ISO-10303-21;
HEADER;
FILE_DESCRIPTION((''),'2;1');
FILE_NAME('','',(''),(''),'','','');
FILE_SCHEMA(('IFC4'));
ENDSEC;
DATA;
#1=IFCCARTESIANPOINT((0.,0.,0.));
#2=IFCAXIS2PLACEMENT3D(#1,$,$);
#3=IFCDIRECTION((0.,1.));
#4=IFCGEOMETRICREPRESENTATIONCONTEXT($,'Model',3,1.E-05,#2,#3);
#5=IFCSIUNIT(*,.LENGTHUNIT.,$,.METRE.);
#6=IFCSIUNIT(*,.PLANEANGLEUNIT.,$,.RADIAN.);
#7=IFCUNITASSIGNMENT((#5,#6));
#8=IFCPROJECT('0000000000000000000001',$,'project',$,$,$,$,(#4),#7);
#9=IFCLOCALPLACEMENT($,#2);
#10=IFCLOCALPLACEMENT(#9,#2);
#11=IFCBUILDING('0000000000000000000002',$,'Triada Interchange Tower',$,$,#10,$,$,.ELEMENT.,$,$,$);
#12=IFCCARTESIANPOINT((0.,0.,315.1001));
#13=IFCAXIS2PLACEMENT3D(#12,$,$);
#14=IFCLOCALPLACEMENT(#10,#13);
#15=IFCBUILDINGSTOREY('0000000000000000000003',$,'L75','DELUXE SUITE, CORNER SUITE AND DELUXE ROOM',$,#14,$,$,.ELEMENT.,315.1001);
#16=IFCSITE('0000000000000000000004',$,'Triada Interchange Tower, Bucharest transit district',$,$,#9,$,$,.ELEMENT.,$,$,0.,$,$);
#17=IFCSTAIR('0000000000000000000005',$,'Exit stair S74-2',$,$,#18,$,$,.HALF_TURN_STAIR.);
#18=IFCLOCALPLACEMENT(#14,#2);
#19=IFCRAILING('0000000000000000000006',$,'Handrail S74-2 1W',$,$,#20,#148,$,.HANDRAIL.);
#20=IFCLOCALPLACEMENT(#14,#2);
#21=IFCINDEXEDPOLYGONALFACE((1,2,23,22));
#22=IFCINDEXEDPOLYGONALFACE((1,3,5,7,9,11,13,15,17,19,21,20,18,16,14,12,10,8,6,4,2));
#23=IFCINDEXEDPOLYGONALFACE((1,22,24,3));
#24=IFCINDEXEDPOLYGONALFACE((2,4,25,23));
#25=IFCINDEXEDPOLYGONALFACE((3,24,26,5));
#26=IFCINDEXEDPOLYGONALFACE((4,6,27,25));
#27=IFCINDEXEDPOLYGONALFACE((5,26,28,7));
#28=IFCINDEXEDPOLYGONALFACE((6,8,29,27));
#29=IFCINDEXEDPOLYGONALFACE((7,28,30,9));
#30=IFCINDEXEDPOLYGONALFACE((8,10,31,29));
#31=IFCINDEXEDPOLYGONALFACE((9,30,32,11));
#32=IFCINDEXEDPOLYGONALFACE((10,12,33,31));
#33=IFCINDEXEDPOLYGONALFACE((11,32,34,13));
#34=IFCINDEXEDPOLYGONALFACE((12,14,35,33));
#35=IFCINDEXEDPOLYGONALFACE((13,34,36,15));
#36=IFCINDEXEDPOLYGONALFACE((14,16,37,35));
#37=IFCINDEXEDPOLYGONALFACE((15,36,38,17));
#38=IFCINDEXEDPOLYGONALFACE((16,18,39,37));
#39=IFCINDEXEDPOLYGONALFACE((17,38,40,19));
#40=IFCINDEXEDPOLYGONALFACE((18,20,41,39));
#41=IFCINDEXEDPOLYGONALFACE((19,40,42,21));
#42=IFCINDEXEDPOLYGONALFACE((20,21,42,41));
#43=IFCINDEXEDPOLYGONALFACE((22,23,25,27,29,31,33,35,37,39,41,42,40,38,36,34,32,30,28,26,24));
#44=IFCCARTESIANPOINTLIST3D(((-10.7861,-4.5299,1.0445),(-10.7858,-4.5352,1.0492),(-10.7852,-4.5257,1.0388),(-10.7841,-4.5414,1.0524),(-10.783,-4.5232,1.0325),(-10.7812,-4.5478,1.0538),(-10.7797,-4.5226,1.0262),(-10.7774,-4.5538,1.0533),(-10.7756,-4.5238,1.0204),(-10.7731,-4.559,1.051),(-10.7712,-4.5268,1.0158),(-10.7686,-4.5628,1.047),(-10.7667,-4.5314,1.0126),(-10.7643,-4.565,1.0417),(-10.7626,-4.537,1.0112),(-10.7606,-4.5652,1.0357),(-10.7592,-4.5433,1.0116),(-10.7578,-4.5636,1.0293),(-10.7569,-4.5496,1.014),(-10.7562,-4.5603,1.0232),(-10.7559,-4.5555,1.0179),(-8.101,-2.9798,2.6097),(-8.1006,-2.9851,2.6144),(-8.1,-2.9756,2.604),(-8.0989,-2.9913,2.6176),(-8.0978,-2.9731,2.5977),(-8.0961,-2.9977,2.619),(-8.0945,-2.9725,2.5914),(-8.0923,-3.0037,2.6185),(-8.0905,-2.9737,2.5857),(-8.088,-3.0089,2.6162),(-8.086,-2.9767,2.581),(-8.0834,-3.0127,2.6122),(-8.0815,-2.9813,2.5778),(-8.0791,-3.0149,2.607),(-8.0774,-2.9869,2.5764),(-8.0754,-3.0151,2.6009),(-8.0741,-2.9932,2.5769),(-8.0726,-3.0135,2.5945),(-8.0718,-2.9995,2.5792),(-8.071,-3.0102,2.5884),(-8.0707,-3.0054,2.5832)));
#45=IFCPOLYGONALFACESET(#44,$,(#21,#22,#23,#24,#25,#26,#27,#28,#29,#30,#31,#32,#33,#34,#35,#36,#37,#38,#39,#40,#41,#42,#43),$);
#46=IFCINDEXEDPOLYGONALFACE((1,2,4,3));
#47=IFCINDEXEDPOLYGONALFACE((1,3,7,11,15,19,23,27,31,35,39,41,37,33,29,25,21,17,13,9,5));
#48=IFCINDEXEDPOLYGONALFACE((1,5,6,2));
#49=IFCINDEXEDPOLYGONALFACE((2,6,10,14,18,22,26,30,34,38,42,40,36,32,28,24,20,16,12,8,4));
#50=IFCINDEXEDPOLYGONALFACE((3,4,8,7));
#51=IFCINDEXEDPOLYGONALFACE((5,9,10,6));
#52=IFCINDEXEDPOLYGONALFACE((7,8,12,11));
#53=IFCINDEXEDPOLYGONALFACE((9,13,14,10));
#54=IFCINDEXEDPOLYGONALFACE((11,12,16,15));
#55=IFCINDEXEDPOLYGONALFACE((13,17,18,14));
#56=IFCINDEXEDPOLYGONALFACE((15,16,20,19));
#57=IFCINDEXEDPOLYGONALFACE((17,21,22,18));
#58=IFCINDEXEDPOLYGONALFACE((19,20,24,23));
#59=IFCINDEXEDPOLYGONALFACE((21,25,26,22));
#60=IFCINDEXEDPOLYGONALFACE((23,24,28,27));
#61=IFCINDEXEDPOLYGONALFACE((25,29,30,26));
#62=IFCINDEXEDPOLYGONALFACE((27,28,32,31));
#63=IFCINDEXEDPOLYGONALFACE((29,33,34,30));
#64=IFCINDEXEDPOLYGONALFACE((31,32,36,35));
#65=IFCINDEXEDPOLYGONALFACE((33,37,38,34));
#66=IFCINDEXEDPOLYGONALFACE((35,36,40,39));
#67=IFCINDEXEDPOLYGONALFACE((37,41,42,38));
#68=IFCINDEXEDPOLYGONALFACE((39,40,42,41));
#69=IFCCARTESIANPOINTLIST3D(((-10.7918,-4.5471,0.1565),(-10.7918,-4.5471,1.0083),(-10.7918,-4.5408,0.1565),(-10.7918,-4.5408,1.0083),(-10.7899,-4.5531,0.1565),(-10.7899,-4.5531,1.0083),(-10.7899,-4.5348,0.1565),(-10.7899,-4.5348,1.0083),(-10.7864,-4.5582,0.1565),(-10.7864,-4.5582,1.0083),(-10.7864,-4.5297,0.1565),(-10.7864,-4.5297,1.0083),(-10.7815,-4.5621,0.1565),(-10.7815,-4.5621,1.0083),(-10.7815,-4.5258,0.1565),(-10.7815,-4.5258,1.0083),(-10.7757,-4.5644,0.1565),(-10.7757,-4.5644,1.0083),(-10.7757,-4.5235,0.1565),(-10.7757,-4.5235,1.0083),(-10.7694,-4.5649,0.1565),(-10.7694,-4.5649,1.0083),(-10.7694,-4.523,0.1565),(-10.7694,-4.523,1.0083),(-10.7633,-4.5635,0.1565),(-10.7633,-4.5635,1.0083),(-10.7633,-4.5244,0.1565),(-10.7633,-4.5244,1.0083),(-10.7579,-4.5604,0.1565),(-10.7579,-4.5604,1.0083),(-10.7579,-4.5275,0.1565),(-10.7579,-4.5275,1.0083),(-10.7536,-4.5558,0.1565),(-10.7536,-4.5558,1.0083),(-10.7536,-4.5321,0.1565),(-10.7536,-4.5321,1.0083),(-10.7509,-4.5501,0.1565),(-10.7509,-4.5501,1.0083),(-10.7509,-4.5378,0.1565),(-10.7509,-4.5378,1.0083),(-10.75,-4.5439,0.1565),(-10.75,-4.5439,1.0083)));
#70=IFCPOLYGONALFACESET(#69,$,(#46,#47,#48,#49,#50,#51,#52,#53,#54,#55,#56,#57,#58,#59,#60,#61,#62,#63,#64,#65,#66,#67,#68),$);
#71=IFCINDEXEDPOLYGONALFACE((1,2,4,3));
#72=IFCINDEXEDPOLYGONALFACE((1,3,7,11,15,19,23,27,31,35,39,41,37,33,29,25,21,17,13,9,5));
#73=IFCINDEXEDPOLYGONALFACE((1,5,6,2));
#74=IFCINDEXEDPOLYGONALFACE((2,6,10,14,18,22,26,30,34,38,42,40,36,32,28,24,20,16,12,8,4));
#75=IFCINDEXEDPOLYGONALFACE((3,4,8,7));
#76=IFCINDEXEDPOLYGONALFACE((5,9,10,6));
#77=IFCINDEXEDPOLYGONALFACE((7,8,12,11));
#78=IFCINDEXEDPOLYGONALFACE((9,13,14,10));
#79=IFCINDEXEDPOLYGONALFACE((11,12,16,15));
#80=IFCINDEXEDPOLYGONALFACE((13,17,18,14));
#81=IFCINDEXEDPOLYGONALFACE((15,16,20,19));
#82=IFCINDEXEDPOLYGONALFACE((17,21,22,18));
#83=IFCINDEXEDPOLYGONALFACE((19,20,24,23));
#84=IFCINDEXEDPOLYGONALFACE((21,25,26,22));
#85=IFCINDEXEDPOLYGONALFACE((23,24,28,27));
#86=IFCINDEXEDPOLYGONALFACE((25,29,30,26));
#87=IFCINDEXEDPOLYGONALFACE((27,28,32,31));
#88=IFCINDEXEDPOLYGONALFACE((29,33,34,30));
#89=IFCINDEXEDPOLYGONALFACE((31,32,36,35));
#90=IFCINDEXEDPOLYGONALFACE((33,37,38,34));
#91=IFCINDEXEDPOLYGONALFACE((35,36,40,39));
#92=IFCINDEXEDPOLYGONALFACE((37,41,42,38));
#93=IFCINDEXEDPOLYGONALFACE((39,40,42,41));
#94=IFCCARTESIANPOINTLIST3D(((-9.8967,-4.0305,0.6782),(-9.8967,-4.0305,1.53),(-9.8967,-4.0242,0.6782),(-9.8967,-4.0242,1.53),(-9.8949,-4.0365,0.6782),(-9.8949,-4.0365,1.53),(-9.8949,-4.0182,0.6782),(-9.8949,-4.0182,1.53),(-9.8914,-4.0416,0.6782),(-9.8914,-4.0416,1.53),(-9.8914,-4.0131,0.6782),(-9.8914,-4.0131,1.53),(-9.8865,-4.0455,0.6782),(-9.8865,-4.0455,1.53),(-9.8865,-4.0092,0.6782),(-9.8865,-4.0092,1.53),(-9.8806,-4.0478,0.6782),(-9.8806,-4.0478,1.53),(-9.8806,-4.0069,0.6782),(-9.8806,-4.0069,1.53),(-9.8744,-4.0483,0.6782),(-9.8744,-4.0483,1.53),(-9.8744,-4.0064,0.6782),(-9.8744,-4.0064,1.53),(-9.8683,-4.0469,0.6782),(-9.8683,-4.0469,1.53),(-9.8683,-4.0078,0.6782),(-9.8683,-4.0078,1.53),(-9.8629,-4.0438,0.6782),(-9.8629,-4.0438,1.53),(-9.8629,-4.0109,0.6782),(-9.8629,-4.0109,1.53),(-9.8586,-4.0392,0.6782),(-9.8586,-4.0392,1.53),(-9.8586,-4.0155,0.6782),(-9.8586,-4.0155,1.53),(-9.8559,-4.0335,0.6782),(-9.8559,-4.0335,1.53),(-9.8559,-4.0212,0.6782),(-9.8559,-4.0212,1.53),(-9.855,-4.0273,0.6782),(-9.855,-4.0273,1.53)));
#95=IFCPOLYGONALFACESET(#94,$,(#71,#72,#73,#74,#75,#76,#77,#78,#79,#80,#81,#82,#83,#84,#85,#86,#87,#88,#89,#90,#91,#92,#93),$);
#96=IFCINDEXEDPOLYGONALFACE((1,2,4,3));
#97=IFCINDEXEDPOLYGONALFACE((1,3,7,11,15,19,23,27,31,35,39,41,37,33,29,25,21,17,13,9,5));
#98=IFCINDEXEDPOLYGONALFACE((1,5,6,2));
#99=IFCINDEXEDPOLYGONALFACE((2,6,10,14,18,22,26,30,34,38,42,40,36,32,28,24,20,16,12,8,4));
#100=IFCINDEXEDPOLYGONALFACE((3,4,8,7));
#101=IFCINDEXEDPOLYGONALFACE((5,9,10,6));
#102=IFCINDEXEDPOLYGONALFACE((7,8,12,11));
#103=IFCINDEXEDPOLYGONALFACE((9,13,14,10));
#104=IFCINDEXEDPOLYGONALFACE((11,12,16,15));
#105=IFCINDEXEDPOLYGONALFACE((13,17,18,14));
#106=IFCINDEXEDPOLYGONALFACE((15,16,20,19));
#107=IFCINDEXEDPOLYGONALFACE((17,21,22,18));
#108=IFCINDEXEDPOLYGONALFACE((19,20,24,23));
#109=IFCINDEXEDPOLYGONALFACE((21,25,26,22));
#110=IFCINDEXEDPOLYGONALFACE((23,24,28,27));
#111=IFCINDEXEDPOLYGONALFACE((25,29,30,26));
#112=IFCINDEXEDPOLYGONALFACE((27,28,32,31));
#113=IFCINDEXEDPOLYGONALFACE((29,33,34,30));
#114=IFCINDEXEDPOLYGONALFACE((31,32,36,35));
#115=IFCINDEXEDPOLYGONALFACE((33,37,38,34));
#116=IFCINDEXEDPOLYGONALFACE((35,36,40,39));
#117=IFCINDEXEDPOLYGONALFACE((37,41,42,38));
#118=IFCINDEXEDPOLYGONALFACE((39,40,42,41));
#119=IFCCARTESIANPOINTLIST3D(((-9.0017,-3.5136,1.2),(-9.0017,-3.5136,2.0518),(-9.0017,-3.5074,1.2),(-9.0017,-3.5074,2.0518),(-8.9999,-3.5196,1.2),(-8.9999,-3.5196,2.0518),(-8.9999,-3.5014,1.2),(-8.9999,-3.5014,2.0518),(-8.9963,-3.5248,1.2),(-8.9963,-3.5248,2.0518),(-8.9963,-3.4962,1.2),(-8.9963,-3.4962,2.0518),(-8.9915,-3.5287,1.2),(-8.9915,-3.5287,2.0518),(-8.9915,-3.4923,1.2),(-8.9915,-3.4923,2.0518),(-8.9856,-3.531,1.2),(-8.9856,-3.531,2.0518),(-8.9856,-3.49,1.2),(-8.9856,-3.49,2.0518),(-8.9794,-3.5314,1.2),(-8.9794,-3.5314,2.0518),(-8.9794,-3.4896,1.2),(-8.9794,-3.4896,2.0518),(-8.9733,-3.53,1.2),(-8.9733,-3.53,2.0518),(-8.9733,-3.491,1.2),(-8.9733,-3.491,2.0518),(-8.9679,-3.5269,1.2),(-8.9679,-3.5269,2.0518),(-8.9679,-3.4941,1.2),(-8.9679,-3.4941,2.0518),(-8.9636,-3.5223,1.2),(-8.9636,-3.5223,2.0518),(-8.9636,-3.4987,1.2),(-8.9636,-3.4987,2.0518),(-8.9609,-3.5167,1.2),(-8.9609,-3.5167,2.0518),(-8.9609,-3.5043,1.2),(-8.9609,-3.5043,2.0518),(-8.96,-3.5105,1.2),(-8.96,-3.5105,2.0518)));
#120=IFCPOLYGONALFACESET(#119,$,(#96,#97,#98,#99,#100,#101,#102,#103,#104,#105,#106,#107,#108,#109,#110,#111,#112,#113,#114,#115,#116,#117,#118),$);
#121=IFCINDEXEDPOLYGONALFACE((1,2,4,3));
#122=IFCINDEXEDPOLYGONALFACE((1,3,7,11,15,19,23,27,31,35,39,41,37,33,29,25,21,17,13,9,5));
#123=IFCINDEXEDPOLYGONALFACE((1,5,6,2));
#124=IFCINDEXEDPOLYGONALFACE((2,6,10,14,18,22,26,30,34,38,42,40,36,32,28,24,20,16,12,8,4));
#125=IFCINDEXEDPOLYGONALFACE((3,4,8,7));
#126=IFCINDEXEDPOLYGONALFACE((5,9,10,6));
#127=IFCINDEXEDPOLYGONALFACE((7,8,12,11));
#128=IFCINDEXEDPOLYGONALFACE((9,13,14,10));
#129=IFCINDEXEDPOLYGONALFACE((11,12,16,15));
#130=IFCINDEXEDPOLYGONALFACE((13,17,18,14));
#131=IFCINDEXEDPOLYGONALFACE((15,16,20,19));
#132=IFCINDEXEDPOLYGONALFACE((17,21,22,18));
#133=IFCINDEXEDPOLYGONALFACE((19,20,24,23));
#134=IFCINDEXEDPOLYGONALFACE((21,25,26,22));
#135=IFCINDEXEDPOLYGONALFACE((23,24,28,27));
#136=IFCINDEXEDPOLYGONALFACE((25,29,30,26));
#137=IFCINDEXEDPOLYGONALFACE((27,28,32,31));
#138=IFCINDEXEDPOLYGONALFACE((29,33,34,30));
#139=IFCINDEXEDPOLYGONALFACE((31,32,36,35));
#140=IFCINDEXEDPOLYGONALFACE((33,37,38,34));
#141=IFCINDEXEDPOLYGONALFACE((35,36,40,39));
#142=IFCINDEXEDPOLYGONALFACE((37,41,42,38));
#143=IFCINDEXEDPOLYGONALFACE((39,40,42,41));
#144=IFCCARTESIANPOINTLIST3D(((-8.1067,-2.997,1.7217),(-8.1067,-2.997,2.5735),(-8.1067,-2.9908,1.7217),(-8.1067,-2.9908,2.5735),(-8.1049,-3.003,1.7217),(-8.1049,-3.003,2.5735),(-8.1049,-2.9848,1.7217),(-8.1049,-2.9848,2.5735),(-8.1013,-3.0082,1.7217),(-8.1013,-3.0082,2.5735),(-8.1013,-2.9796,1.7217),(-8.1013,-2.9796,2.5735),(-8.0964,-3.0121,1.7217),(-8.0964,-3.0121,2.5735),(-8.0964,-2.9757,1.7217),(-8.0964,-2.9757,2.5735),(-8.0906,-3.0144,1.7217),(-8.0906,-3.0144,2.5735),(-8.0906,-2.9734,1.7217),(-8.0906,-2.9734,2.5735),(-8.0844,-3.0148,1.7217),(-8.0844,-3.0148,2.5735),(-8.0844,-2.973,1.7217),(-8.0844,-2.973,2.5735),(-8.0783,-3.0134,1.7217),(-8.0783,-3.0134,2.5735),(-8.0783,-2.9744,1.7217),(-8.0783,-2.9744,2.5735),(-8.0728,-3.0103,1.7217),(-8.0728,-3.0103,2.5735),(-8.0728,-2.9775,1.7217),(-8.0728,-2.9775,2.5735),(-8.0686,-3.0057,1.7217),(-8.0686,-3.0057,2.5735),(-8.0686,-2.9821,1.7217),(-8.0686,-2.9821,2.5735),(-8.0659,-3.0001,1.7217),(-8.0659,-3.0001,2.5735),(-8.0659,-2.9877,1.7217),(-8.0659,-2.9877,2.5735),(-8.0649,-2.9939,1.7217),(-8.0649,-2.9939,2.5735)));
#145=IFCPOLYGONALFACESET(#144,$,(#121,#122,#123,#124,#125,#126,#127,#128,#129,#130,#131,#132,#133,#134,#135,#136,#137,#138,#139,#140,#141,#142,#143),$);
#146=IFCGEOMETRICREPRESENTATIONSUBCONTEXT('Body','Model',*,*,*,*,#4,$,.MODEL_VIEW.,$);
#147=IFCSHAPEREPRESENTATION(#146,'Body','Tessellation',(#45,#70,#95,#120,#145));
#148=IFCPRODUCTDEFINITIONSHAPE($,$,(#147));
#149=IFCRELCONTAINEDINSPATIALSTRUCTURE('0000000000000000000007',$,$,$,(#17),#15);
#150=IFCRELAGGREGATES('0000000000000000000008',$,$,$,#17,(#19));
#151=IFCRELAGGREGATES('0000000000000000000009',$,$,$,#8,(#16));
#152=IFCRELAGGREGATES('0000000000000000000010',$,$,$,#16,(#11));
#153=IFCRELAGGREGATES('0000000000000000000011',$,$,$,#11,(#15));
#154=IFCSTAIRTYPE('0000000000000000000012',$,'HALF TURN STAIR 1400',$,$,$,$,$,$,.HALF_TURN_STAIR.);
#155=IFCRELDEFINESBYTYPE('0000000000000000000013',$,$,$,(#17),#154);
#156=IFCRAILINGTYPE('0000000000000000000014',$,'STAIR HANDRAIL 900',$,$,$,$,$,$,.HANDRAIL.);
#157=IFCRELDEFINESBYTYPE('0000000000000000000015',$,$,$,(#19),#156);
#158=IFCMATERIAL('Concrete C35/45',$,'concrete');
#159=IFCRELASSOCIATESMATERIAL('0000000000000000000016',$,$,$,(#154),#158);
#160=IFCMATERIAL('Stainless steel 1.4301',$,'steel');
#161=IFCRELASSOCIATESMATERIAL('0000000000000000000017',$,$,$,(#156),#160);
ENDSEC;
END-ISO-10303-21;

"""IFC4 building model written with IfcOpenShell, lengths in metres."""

from ifc_helpers import new_model, si_unit, direction, frame, origin, origin_2d, place, context, subcontext, project, spatial, circle, extrude, material, type_object, element, aggregate, save


model = new_model("IFC4")

# Units and contexts
model_context = context("Model", 3, precision=1e-05, world=origin(), true_north=direction((0.0, 1.0)))
body_context = subcontext(model_context, "Body", "Model", "MODEL_VIEW")
ifc_project = project(units=[si_unit("LENGTHUNIT", "METRE"), si_unit("PLANEANGLEUNIT", "RADIAN")], contexts=[model_context])

# Site, building, storey
site_placement = place(None, origin())
site = spatial("IfcSite", under=ifc_project, at=site_placement, Name="Triada Interchange Tower, Bucharest transit district", CompositionType="ELEMENT", RefElevation=0.0)
building_placement = place(site_placement, origin())
building = spatial("IfcBuilding", under=site, at=building_placement, Name="Triada Interchange Tower", CompositionType="ELEMENT")
storey_placement = place(building_placement, frame((0.0, 0.0, 315.1001)))
storey = spatial("IfcBuildingStorey", under=building, at=storey_placement, Name="L75", Description="DELUXE SUITE, CORNER SUITE AND DELUXE ROOM", CompositionType="ELEMENT", Elevation=315.1001)

# Stair, railing
ifc_material_1 = material(Name="Concrete C35/45", Category="concrete")
stair_type = type_object("IfcStairType", Name="HALF TURN STAIR 1400", PredefinedType="HALF_TURN_STAIR", material=ifc_material_1)
stair_placement = place(storey_placement, origin())
stair = element("IfcStair", 1, at=stair_placement, inside=storey, type_object=stair_type, Name="Exit stair S74-2", PredefinedType="HALF_TURN_STAIR")
ifc_material_2 = material(Name="Stainless steel 1.4301", Category="steel")
railing_type = type_object("IfcRailingType", Name="STAIR HANDRAIL 900", PredefinedType="HANDRAIL", material=ifc_material_2)
railing_1_placement = place(storey_placement, frame((-10.771, -4.5439, 0.1565)))
railing_1 = element("IfcRailing", 2, at=railing_1_placement, type_object=railing_type, Name="Handrail S74-2 1W", PredefinedType="HANDRAIL", context=body_context, shape_type="SweptSolid", body=[
    extrude(circle(Radius=0.0239, at=origin_2d()), frame((0.0, 0.0, 0.876), z_axis=(0.773115, 0.446309, 0.450667), x_axis=(-0.499959, 0.866049, 0.0)), (0.0, 0.0, 1.0), 3.4731),
    extrude(circle(Radius=0.021, at=origin_2d()), origin(), (0.0, 0.0, 1.0), 0.8518),
    extrude(circle(Radius=0.021, at=origin_2d()), frame((0.895, 0.5166, 0.5217)), (0.0, 0.0, 1.0), 0.8518),
    extrude(circle(Radius=0.021, at=origin_2d()), frame((1.79, 1.0334, 1.0435)), (0.0, 0.0, 1.0), 0.8518),
    extrude(circle(Radius=0.021, at=origin_2d()), frame((2.6851, 1.55, 1.5652)), (0.0, 0.0, 1.0), 0.8518),
])
aggregate(stair, [railing_1])

save(model, "model.ifc")
